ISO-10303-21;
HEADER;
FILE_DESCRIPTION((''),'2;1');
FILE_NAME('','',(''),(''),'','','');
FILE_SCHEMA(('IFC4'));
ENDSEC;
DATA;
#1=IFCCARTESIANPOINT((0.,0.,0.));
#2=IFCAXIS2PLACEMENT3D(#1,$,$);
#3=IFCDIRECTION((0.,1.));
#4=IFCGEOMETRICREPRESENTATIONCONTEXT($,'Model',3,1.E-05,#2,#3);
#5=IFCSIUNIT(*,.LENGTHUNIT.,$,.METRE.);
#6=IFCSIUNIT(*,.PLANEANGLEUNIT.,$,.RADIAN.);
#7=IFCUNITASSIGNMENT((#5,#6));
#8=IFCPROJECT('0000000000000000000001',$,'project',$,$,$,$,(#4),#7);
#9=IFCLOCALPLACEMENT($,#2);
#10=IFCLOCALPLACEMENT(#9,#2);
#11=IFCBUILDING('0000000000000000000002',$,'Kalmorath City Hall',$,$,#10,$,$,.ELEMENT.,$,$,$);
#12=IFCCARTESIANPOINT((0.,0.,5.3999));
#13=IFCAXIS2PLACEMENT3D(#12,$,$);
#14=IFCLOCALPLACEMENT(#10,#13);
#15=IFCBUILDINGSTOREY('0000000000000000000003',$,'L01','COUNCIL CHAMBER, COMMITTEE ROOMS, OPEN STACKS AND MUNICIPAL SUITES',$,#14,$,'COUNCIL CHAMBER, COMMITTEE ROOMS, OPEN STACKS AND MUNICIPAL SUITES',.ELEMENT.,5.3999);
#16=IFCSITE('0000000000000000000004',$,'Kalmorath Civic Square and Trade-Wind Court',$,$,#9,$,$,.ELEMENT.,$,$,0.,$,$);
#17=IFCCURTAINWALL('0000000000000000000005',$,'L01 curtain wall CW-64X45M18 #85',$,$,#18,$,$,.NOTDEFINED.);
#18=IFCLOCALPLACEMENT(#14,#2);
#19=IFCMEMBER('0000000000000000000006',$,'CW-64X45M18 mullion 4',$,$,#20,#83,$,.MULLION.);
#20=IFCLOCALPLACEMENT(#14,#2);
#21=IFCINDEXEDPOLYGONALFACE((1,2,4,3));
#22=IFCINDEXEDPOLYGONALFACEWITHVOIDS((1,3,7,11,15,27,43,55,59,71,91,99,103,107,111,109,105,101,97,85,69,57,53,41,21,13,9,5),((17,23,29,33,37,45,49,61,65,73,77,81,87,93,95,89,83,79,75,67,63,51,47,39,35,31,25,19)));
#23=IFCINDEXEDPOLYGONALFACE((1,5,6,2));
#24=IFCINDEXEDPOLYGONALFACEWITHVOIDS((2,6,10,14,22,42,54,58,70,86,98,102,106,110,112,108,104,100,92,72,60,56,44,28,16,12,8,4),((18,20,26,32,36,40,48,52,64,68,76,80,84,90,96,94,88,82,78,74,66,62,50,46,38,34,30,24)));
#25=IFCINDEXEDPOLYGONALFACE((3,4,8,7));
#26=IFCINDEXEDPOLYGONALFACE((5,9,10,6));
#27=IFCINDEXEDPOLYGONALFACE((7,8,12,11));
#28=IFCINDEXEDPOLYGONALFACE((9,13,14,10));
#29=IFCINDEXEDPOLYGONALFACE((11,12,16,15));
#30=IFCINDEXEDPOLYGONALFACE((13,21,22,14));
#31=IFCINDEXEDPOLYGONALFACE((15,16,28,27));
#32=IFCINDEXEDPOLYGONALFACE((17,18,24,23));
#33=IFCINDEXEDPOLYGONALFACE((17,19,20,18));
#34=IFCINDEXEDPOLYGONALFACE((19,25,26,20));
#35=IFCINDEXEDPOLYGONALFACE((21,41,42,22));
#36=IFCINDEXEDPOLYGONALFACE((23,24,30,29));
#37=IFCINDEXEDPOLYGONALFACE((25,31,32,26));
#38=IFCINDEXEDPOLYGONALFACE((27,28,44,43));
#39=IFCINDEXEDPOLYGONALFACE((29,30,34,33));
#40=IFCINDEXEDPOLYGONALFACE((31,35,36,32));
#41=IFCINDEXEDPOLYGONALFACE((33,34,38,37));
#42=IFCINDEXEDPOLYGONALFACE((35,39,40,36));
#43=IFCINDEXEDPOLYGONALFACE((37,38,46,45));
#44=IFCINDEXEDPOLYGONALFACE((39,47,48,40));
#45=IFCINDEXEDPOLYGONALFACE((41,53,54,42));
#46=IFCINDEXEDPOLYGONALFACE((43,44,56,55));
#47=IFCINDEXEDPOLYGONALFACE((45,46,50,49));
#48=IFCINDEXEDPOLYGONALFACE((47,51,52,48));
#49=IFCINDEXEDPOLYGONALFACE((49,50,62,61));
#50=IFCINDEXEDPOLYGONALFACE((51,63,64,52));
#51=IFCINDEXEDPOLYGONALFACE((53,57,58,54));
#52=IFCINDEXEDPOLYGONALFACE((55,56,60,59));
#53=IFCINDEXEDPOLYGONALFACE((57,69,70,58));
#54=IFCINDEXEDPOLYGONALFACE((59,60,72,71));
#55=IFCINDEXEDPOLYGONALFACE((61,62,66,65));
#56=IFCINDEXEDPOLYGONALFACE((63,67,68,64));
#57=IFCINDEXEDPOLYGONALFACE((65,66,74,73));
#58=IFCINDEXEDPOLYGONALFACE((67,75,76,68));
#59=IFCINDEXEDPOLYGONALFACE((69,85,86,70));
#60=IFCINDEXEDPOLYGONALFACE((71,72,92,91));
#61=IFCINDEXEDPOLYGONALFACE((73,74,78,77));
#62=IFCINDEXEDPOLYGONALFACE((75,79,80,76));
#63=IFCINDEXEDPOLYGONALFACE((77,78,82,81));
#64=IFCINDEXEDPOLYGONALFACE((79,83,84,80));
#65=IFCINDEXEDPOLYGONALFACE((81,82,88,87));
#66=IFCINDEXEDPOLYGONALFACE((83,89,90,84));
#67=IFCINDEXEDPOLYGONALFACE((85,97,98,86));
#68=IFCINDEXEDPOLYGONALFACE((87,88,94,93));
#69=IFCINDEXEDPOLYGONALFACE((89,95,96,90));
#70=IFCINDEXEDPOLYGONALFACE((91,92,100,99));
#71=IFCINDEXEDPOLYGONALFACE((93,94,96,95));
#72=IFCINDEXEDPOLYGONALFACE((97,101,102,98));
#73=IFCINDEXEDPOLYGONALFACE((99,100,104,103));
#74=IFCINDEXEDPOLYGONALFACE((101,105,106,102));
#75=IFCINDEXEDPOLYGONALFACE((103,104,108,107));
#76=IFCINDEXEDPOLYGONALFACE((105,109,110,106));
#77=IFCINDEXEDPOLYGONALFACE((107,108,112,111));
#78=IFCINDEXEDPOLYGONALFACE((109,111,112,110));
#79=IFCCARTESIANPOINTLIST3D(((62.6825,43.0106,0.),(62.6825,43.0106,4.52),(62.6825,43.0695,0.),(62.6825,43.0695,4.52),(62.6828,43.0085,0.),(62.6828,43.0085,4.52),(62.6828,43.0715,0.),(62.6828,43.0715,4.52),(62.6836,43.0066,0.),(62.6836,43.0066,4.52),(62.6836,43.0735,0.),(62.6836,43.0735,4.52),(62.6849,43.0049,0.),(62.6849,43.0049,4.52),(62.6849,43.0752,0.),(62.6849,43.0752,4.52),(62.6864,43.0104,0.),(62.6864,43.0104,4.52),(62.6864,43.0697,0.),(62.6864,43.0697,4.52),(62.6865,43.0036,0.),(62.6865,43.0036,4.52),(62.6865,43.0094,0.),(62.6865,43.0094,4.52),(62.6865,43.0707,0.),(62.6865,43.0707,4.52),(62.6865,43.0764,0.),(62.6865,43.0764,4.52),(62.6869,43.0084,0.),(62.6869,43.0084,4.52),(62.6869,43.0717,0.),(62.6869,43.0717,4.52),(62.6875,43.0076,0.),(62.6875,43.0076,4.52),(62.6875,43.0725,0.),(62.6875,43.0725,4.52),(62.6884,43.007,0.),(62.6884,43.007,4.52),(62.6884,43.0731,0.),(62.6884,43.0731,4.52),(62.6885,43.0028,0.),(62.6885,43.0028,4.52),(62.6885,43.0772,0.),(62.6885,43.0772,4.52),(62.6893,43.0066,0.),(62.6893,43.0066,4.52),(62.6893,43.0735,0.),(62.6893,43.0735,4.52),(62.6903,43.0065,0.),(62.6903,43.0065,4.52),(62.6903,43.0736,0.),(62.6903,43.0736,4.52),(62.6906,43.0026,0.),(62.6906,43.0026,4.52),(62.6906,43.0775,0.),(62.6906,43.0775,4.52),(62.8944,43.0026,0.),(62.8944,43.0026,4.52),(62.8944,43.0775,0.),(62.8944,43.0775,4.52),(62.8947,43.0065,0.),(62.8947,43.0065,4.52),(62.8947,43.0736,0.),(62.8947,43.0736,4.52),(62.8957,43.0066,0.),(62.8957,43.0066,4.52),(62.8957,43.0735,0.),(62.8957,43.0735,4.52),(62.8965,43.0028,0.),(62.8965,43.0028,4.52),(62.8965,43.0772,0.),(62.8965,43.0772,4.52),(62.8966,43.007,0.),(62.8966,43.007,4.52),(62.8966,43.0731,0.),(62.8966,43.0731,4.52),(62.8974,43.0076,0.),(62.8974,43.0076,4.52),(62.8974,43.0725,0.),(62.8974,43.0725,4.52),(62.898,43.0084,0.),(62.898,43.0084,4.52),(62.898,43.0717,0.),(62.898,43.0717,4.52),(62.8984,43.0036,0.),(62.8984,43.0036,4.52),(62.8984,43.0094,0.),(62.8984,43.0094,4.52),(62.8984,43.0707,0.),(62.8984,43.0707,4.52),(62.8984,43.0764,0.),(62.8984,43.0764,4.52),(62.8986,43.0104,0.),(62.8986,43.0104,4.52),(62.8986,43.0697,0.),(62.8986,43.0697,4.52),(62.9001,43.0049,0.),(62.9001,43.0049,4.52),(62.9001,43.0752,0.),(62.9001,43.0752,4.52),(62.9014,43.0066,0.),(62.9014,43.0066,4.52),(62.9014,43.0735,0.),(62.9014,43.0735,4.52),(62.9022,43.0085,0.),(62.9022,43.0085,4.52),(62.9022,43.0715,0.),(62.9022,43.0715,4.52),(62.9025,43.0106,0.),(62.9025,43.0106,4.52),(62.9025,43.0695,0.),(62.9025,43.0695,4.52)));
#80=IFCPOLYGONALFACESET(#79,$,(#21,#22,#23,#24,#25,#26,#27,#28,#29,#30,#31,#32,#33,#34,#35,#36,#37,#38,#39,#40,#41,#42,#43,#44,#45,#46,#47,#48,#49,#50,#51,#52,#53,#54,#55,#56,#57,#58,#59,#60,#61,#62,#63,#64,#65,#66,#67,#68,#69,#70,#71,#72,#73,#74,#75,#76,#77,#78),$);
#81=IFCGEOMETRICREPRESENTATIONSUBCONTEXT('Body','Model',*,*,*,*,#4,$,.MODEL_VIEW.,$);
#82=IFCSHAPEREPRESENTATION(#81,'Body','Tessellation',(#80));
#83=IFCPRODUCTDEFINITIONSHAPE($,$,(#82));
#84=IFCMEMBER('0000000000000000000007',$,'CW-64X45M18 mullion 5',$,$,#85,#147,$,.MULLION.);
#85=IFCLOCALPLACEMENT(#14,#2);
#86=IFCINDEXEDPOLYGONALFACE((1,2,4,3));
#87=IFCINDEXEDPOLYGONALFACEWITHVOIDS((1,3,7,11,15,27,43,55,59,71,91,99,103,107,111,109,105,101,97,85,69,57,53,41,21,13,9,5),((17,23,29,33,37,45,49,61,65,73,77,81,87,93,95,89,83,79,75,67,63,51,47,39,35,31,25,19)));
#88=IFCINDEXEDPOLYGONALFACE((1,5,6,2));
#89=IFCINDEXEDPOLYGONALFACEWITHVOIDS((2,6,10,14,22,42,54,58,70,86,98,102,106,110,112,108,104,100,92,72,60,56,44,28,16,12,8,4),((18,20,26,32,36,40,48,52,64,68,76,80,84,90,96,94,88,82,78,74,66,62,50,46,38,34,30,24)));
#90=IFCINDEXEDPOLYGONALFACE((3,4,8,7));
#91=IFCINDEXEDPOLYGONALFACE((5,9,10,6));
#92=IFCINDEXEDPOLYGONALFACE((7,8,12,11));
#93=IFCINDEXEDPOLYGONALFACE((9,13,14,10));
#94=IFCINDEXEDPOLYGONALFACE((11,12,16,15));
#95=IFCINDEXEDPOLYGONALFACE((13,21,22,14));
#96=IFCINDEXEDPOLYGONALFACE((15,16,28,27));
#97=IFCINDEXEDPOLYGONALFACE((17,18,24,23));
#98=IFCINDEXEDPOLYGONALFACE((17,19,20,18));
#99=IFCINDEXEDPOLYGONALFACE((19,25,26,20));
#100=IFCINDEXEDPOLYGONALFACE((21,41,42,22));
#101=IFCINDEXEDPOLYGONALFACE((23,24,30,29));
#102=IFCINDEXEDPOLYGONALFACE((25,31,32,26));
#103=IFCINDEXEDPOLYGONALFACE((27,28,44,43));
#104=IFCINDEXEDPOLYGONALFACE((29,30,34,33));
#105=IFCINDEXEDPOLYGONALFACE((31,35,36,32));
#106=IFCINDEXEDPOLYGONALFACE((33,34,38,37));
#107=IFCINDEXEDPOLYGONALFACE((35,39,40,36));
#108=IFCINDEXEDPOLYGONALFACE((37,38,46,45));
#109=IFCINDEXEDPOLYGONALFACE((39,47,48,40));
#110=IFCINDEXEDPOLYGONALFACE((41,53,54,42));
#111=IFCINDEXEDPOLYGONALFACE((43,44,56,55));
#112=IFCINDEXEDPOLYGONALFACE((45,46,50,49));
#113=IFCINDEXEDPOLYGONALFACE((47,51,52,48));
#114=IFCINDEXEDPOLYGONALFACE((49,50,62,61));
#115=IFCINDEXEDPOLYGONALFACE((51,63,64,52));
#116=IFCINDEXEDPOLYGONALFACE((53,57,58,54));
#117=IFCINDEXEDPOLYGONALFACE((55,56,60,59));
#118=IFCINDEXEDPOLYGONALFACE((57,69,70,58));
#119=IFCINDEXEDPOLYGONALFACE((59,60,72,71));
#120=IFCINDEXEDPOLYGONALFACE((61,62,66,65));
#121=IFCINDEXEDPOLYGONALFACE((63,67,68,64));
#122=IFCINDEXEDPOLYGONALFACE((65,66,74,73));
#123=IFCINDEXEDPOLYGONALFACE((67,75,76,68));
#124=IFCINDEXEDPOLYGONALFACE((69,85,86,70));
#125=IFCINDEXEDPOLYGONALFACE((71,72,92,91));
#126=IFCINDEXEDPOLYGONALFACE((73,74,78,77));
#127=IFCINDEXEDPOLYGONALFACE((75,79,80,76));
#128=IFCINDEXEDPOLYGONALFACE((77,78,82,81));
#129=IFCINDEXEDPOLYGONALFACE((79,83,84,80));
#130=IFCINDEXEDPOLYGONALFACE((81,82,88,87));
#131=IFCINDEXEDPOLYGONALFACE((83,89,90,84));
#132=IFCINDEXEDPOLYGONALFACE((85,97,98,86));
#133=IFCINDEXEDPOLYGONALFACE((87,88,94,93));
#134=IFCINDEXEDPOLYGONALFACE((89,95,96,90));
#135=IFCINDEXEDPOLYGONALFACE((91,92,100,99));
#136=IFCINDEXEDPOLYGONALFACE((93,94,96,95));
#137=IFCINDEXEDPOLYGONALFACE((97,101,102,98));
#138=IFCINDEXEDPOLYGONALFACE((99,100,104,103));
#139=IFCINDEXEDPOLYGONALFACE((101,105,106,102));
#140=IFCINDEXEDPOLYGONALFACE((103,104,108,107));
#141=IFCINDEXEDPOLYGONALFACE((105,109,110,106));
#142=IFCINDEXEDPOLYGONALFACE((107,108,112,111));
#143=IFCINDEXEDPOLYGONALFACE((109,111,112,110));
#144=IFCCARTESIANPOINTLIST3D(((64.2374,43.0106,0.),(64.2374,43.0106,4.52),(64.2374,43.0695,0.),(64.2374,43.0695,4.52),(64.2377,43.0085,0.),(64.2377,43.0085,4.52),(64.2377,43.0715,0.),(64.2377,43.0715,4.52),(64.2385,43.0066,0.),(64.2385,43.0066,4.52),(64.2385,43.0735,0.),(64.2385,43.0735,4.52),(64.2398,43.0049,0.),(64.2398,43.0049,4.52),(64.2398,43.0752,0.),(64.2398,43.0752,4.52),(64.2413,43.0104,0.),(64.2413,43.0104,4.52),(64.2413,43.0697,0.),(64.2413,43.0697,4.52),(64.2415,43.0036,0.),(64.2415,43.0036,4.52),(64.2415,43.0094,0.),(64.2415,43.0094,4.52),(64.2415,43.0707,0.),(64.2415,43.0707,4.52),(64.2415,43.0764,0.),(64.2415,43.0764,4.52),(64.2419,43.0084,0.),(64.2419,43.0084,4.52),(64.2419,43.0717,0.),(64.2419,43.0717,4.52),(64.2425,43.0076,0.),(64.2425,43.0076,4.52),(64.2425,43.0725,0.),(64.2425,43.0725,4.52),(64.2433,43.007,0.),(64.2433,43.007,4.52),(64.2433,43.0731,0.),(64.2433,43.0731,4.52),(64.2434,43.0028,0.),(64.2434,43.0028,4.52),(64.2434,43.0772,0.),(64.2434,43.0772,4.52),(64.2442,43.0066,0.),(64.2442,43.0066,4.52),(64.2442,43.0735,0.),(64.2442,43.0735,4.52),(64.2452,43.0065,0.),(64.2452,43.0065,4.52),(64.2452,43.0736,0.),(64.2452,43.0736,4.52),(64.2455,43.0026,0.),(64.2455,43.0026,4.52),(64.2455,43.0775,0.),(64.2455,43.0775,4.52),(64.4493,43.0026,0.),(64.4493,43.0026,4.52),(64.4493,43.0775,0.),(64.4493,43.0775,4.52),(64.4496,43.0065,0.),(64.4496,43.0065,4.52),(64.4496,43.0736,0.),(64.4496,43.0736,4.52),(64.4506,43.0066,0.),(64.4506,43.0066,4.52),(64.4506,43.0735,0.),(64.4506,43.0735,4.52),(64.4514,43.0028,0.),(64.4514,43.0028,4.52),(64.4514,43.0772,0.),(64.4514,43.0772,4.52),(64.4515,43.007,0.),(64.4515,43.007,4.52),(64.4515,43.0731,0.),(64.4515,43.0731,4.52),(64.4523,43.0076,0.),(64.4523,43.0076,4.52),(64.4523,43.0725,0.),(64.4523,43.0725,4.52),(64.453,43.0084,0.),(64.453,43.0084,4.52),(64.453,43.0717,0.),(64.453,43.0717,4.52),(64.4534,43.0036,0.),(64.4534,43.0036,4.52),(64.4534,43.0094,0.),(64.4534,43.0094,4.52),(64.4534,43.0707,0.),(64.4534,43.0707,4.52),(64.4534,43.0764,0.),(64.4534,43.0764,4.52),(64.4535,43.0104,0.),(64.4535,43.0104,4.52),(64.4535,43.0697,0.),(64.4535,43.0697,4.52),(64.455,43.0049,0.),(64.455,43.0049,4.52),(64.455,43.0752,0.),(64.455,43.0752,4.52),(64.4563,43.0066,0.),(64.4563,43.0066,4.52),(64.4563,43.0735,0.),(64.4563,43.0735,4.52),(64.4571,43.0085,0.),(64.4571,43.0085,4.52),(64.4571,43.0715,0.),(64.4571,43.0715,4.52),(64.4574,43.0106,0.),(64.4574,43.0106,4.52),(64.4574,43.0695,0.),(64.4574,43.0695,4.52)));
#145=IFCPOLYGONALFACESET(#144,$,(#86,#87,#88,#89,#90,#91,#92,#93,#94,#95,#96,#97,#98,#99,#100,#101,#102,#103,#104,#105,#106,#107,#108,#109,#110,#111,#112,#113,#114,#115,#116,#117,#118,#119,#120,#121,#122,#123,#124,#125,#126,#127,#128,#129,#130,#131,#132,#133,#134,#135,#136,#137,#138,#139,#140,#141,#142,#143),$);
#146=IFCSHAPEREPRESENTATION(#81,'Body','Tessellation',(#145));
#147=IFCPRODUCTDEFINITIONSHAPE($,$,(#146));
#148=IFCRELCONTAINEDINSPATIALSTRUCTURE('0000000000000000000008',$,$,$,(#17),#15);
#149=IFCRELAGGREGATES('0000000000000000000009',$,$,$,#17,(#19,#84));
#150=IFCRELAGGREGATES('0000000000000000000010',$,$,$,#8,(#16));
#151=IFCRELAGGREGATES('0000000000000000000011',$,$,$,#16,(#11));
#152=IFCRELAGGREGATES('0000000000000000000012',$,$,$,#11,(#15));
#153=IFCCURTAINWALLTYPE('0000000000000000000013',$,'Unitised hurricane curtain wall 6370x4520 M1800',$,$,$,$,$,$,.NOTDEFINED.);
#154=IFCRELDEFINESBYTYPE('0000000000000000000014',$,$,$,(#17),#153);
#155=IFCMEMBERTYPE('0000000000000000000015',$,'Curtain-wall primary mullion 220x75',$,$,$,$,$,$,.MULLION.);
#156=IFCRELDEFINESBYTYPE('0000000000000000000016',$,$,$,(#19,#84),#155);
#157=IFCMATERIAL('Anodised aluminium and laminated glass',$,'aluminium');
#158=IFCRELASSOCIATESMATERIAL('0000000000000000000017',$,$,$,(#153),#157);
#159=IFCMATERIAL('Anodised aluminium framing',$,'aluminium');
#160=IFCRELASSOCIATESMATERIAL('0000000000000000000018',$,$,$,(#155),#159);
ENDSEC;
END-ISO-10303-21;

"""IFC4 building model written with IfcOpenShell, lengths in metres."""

from ifc_helpers import new_model, si_unit, direction, frame, origin, origin_2d, place, context, subcontext, project, spatial, hollow_rectangle, extrude, material, material_profile, profile_set, type_object, element, aggregate, save


model = new_model("IFC4")

# Units and contexts
model_context = context("Model", 3, precision=1e-05, world=origin(), true_north=direction((0.0, 1.0)))
body_context = subcontext(model_context, "Body", "Model", "MODEL_VIEW")
ifc_project = project(units=[si_unit("LENGTHUNIT", "METRE"), si_unit("PLANEANGLEUNIT", "RADIAN")], contexts=[model_context])

# Site, building, storey
site_placement = place(None, origin())
site = spatial("IfcSite", under=ifc_project, at=site_placement, Name="Kalmorath Civic Square and Trade-Wind Court", CompositionType="ELEMENT", RefElevation=0.0)
building_placement = place(site_placement, origin())
building = spatial("IfcBuilding", under=site, at=building_placement, Name="Kalmorath City Hall", CompositionType="ELEMENT")
storey_placement = place(building_placement, frame((0.0, 0.0, 5.3999)))
storey = spatial("IfcBuildingStorey", under=building, at=storey_placement, Name="L01", Description="COUNCIL CHAMBER, COMMITTEE ROOMS, OPEN STACKS AND MUNICIPAL SUITES", LongName="COUNCIL CHAMBER, COMMITTEE ROOMS, OPEN STACKS AND MUNICIPAL SUITES", CompositionType="ELEMENT", Elevation=5.3999)

# Curtain wall, members
ifc_material_1 = material(Name="Anodised aluminium and laminated glass", Category="aluminium")
curtain_wall_type_1 = type_object("IfcCurtainWallType", Name="Unitised hurricane curtain wall 6370x4520 M1800", PredefinedType="NOTDEFINED", material=ifc_material_1)
curtain_wall_1_placement = place(storey_placement, origin())
curtain_wall_1 = element("IfcCurtainWall", 1, at=curtain_wall_1_placement, inside=storey, type_object=curtain_wall_type_1, Name="L01 curtain wall CW-64X45M18 #85", PredefinedType="NOTDEFINED")
ifc_material_2 = material(Name="Anodised aluminium framing", Category="aluminium")
ifc_material_profile_1 = material_profile(ifc_material_2, hollow_rectangle(XDim=0.075, YDim=0.22, WallThickness=0.0039, InnerFilletRadius=0.0039, OuterFilletRadius=0.0081, at=origin_2d()), Name="ALU-MUL-220X75X4")
ifc_profile_set_1 = profile_set([ifc_material_profile_1], Name="Anodised aluminium framing")
member_type_1 = type_object("IfcMemberType", Name="Curtain-wall primary mullion 220x75", PredefinedType="MULLION", material=ifc_profile_set_1)
member_1_placement = place(storey_placement, frame((62.7925, 43.04, 0.0), z_axis=(0.0, 0.0, 1.0), x_axis=(0.0, 1.0, 0.0)))
member_1 = element("IfcMember", 2, at=member_1_placement, type_object=member_type_1, Name="CW-64X45M18 mullion 4", PredefinedType="MULLION", context=body_context, shape_type="SweptSolid", body=[
    extrude(hollow_rectangle(XDim=0.075, YDim=0.22, WallThickness=0.0039, InnerFilletRadius=0.0039, OuterFilletRadius=0.0081, at=origin_2d()), origin(), (0.0, 0.0, 1.0), 4.52),
])
member_2_placement = place(storey_placement, frame((64.3474, 43.04, 0.0), z_axis=(0.0, 0.0, 1.0), x_axis=(0.0, 1.0, 0.0)))
member_2 = element("IfcMember", 3, at=member_2_placement, type_object=member_type_1, Name="CW-64X45M18 mullion 5", PredefinedType="MULLION", context=body_context, shape_type="SweptSolid", body=[
    extrude(hollow_rectangle(XDim=0.075, YDim=0.22, WallThickness=0.0039, InnerFilletRadius=0.0039, OuterFilletRadius=0.0081, at=origin_2d()), origin(), (0.0, 0.0, 1.0), 4.52),
])

aggregate(curtain_wall_1, [member_1, member_2])

save(model, "model.ifc")
